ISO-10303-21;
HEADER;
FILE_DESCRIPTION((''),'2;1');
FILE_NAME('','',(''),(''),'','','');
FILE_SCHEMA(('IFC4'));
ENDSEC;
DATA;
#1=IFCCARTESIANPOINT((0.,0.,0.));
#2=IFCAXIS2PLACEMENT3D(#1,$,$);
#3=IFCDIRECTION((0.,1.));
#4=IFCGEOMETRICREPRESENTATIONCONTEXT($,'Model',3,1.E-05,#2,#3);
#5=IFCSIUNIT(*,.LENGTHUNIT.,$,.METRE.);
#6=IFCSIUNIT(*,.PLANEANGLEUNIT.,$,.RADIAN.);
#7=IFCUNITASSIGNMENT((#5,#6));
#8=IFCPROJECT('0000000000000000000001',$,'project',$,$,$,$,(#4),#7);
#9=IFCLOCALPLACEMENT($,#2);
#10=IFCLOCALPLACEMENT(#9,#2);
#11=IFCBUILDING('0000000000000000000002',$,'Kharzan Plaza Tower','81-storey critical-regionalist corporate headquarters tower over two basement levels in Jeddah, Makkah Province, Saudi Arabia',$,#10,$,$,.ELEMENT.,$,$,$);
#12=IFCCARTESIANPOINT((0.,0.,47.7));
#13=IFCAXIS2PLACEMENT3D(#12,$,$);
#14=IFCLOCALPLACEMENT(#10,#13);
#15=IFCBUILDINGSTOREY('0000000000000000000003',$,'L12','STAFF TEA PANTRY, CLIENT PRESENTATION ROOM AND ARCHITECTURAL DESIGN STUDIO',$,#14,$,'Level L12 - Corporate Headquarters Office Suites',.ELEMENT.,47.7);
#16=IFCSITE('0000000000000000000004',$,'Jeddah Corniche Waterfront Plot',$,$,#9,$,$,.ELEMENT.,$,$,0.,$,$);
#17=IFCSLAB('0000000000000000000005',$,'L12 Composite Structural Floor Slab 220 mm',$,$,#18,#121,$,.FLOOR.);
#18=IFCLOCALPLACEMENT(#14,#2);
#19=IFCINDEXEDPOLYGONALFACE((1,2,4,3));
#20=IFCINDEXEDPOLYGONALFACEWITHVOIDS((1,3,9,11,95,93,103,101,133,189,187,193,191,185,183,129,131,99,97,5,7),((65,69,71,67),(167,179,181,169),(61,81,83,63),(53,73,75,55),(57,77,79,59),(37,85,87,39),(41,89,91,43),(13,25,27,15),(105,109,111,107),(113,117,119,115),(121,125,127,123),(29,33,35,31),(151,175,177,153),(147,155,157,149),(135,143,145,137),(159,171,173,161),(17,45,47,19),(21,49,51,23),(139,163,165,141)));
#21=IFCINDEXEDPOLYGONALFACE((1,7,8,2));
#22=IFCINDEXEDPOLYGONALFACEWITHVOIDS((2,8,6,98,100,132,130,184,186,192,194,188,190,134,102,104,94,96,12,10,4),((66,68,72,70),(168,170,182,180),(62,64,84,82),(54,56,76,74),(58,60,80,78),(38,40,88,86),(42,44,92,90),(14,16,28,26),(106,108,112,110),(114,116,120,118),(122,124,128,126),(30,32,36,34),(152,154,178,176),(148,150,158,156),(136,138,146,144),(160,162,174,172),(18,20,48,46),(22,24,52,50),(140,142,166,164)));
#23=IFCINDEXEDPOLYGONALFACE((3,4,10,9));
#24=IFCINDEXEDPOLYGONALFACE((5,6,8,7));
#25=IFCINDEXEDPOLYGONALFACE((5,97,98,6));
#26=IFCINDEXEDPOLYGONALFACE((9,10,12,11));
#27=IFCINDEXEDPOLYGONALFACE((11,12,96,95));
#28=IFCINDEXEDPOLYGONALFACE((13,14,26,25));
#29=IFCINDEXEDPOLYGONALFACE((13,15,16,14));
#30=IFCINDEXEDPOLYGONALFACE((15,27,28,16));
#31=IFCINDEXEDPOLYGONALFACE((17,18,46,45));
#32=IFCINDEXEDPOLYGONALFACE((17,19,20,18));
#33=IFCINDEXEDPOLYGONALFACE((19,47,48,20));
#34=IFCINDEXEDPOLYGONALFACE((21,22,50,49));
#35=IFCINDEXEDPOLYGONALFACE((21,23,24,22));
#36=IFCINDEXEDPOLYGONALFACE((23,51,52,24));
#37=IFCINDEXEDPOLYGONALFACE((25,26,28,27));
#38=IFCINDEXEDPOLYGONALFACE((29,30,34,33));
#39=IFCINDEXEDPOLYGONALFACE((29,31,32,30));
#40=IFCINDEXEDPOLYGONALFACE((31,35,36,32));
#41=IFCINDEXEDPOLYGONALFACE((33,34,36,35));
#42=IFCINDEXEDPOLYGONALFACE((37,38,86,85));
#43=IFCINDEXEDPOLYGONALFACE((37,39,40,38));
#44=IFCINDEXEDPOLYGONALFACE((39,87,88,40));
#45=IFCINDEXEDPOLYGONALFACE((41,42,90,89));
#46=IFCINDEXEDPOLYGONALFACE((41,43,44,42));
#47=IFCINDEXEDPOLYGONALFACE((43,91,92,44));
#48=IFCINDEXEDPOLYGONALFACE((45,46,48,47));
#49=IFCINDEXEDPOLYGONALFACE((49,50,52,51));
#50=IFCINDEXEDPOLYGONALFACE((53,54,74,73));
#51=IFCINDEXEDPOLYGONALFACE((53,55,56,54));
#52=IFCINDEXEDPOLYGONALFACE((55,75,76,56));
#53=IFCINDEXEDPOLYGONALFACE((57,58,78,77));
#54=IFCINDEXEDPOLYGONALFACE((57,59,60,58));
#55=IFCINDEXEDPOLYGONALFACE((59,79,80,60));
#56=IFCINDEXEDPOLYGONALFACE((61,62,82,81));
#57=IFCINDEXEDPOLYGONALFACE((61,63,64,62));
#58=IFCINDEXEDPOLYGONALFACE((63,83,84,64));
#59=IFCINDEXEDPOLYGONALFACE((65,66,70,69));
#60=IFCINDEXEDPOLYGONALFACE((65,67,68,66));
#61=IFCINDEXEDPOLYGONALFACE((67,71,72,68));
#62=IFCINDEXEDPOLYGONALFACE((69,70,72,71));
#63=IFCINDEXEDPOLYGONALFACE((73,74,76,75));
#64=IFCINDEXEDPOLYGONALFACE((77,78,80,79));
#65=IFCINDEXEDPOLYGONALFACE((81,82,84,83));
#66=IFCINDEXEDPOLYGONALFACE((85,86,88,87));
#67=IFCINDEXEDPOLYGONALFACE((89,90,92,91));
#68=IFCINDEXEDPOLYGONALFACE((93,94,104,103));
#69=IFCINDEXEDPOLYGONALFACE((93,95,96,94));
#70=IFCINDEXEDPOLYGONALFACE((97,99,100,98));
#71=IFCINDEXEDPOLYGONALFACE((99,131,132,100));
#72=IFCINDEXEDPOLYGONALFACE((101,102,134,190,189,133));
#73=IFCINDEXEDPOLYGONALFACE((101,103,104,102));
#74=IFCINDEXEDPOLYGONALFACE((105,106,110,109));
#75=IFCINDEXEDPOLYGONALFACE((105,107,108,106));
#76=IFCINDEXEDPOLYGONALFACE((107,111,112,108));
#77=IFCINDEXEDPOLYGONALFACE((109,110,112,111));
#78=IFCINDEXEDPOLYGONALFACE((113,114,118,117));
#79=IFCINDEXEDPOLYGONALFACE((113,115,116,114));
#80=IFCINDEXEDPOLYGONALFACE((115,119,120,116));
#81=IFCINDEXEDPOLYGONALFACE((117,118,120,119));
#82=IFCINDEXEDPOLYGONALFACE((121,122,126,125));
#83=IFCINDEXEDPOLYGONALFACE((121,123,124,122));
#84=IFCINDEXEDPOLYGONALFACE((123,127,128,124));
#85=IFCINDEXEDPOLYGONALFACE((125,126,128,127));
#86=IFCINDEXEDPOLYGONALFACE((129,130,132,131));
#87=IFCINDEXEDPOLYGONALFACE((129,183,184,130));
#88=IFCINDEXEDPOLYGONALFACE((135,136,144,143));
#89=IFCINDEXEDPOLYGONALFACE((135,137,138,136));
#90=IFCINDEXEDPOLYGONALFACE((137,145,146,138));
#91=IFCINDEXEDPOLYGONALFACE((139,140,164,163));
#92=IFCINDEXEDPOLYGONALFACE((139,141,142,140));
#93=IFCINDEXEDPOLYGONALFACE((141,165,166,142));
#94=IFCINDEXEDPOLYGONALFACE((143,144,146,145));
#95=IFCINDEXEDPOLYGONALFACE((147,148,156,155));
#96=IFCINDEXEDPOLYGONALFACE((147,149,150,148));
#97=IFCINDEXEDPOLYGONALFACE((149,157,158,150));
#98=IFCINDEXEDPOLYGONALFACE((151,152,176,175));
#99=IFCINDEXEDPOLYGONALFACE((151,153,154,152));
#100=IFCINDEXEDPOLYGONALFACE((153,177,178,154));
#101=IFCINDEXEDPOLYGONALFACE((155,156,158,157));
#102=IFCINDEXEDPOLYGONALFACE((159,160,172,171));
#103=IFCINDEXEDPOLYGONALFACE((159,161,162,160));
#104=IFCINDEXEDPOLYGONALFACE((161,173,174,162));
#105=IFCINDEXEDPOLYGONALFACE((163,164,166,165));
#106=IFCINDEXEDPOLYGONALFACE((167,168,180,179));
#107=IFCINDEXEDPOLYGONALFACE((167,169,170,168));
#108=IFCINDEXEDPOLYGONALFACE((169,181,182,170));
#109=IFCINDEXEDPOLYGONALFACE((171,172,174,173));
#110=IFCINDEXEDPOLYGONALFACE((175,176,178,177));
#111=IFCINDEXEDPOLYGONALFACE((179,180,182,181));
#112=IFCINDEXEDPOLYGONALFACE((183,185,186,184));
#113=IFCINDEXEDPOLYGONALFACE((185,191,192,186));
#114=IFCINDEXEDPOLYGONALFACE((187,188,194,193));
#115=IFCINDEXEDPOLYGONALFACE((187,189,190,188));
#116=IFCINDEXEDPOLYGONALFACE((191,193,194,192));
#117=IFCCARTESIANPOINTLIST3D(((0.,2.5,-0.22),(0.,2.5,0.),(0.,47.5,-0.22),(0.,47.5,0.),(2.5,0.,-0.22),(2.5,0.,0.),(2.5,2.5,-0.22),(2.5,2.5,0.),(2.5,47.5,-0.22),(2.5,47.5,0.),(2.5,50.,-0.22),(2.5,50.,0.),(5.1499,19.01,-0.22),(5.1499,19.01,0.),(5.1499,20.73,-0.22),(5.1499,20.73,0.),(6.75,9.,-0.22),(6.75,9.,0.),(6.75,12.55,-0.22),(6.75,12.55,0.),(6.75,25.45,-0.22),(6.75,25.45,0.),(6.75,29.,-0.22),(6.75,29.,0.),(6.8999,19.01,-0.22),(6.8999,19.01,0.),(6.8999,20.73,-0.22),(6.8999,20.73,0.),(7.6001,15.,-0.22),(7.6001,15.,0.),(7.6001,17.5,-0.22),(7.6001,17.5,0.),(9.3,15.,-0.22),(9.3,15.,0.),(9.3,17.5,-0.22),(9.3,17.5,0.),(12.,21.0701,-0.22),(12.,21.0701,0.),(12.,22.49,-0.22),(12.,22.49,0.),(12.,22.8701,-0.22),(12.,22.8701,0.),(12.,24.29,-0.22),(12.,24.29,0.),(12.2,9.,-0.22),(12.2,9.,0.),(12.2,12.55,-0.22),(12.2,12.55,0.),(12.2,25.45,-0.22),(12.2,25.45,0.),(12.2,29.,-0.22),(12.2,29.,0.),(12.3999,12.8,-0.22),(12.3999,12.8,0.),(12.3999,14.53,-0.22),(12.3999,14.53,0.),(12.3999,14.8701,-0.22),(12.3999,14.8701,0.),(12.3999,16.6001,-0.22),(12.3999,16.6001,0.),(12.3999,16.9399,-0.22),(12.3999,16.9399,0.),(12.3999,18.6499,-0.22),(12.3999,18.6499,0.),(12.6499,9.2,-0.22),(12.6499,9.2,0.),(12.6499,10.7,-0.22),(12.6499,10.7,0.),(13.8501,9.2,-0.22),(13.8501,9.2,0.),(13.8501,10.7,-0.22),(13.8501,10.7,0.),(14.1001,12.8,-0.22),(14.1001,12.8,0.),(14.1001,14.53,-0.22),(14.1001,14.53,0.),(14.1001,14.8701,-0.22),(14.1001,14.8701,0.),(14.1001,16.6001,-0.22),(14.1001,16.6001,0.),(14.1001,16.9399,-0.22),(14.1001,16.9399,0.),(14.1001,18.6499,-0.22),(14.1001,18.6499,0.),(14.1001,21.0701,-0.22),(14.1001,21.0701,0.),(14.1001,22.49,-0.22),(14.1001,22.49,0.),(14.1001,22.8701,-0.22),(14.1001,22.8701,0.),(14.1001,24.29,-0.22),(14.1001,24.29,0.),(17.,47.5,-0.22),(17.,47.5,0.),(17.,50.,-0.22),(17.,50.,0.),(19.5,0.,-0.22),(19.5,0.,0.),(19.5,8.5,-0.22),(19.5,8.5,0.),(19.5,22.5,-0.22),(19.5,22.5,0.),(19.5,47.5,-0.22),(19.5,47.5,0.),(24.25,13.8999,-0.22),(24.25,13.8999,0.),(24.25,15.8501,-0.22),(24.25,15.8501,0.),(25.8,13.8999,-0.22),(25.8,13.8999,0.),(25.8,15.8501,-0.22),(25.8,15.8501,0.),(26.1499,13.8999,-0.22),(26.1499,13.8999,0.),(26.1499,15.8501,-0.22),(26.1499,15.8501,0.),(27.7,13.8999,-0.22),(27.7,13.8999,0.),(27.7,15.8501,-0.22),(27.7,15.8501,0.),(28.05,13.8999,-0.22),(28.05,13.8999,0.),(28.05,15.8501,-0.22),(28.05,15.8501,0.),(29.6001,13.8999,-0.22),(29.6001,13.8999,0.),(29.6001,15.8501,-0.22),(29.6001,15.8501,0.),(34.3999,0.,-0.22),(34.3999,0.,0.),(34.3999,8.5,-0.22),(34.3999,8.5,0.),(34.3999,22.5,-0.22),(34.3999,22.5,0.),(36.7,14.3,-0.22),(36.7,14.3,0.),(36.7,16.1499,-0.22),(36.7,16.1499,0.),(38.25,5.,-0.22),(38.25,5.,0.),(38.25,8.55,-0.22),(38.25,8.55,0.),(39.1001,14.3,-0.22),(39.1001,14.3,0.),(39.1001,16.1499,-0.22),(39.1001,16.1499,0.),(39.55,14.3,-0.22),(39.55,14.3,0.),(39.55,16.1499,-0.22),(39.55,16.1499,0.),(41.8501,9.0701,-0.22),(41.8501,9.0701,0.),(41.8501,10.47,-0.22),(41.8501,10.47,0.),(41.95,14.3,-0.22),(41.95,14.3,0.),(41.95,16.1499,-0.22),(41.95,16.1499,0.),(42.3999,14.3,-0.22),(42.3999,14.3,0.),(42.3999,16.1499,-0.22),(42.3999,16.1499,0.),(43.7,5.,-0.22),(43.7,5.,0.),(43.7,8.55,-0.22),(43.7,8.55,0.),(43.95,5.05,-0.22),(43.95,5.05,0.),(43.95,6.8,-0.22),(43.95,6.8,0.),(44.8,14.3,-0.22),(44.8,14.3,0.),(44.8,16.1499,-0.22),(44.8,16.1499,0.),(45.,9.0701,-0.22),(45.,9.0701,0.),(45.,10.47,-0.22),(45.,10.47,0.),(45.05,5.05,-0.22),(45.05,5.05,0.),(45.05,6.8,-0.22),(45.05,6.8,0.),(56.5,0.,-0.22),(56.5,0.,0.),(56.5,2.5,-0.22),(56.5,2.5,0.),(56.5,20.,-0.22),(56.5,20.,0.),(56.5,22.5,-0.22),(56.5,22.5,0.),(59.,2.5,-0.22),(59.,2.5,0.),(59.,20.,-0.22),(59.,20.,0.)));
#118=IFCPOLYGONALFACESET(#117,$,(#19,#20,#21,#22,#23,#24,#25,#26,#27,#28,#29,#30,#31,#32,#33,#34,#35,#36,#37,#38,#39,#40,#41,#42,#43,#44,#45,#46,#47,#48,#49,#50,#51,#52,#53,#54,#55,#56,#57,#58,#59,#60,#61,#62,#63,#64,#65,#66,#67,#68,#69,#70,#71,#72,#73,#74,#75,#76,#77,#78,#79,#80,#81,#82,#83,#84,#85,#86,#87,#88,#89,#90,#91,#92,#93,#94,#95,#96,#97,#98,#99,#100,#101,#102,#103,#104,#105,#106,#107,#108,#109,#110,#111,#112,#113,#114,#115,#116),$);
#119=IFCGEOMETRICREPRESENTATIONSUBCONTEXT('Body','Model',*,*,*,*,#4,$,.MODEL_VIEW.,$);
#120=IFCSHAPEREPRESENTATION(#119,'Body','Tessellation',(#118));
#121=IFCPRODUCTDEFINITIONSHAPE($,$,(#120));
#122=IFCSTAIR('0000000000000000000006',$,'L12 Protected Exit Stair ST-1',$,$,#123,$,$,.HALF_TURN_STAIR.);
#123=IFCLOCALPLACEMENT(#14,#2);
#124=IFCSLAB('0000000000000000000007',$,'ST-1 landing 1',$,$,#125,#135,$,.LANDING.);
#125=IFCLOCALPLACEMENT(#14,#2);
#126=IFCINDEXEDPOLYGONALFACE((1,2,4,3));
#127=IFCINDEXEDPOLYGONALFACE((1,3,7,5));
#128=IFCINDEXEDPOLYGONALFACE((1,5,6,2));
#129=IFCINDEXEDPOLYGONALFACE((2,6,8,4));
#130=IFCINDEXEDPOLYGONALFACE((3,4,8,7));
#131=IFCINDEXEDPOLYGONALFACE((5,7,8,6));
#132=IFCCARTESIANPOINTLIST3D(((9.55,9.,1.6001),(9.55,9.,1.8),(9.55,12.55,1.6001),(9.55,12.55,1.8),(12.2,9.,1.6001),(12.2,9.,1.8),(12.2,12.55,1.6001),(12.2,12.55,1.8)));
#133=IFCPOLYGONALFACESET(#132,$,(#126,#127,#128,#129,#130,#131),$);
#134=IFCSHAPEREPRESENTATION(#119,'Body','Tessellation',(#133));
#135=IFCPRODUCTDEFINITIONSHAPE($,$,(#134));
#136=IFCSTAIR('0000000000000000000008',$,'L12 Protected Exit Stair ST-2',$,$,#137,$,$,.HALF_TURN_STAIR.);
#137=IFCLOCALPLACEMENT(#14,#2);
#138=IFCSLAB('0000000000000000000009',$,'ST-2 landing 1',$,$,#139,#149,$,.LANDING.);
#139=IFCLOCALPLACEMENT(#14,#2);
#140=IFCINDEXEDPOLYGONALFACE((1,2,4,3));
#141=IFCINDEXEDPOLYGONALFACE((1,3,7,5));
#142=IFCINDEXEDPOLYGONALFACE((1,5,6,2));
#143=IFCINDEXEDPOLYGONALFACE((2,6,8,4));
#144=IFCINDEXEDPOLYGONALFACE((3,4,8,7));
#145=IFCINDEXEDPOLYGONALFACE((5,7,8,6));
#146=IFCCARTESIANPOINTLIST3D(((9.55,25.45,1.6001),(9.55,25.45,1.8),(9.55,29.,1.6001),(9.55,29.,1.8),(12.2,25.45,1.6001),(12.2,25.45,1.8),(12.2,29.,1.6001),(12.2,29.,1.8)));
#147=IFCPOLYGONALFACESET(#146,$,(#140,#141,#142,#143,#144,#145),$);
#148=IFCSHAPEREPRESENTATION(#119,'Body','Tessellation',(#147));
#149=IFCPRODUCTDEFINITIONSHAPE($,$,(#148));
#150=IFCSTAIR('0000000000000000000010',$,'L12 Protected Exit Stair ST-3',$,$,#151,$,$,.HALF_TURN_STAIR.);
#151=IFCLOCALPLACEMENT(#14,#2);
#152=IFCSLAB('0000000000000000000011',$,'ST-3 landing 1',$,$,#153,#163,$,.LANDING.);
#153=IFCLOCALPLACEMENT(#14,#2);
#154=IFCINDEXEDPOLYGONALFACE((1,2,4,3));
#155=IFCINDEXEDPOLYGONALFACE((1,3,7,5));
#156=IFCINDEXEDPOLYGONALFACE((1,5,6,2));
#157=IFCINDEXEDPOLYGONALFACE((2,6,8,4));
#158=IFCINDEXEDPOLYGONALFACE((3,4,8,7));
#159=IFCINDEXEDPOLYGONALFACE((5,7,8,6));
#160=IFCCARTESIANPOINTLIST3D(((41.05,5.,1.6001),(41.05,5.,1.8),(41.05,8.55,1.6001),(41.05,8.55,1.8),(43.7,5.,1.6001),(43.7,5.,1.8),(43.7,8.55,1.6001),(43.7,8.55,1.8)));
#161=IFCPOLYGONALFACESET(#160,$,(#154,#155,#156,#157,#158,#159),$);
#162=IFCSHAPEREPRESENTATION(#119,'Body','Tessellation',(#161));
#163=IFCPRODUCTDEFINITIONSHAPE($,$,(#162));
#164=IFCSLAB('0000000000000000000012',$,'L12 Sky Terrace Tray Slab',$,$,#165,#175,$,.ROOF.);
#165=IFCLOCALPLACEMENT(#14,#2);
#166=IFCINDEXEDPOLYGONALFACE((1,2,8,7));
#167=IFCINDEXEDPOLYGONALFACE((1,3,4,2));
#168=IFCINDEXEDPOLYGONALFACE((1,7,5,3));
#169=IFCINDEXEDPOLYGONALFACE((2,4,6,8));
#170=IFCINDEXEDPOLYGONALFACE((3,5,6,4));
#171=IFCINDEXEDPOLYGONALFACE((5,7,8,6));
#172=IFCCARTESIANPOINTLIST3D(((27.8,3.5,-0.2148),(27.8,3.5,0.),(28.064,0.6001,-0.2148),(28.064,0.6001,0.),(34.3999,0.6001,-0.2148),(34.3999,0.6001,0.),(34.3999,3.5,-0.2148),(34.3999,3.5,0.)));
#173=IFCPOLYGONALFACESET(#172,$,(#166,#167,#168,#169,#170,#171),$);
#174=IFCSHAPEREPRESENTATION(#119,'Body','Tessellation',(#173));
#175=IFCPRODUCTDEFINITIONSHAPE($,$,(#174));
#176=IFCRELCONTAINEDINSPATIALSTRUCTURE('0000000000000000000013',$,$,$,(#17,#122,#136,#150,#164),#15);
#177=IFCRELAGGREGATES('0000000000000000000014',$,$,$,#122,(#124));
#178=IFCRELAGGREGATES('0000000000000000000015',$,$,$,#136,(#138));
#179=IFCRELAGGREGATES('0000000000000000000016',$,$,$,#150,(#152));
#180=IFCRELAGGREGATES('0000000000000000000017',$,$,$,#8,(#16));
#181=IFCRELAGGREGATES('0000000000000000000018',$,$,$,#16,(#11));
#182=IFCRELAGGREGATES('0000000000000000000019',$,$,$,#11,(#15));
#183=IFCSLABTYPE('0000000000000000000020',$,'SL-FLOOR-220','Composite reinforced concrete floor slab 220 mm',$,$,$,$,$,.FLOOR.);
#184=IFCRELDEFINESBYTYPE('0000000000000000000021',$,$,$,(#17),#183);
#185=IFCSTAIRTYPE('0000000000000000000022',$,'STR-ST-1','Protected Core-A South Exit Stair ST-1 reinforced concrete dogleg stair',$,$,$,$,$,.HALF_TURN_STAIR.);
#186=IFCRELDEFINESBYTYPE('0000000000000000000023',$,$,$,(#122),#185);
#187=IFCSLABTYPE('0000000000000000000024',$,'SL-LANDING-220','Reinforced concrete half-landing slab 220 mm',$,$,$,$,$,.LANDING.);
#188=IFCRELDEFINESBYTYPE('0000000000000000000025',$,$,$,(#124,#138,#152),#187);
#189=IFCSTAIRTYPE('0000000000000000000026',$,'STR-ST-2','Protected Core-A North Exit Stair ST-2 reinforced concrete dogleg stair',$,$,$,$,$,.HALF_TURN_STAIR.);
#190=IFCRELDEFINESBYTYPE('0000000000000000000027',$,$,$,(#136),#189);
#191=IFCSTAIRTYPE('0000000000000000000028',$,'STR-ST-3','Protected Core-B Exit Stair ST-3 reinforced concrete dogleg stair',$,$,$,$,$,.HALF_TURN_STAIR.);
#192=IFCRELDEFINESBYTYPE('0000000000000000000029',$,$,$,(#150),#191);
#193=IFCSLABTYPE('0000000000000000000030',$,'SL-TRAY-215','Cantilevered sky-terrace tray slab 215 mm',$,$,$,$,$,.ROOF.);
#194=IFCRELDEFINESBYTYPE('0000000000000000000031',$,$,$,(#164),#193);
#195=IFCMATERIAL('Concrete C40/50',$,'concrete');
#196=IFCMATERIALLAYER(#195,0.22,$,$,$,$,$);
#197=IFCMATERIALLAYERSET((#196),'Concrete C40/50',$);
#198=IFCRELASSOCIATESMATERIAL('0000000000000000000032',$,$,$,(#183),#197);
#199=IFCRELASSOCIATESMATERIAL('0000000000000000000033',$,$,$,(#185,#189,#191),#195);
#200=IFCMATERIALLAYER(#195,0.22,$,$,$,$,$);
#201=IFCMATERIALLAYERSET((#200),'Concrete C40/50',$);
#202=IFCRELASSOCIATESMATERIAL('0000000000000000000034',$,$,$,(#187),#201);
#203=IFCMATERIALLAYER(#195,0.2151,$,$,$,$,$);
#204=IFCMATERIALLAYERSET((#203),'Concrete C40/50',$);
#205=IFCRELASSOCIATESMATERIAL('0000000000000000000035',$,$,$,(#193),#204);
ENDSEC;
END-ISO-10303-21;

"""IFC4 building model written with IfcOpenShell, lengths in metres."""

from ifc_helpers import new_model, si_unit, direction, frame, origin, place, context, subcontext, project, spatial, polyline, outline, extrude, material, layer, layer_set, type_object, element, aggregate, save


model = new_model("IFC4")

# Units and contexts
model_context = context("Model", 3, precision=1e-05, world=origin(), true_north=direction((0.0, 1.0)))
body_context = subcontext(model_context, "Body", "Model", "MODEL_VIEW")
ifc_project = project(units=[si_unit("LENGTHUNIT", "METRE"), si_unit("PLANEANGLEUNIT", "RADIAN")], contexts=[model_context])

# Site, building, storey
site_placement = place(None, origin())
site = spatial("IfcSite", under=ifc_project, at=site_placement, Name="Jeddah Corniche Waterfront Plot", CompositionType="ELEMENT", RefElevation=0.0)
building_placement = place(site_placement, origin())
building = spatial("IfcBuilding", under=site, at=building_placement, Name="Kharzan Plaza Tower", Description="81-storey critical-regionalist corporate headquarters tower over two basement levels in Jeddah, Makkah Province, Saudi Arabia", CompositionType="ELEMENT")
storey_placement = place(building_placement, frame((0.0, 0.0, 47.7)))
storey = spatial("IfcBuildingStorey", under=building, at=storey_placement, Name="L12", Description="STAFF TEA PANTRY, CLIENT PRESENTATION ROOM AND ARCHITECTURAL DESIGN STUDIO", LongName="Level L12 - Corporate Headquarters Office Suites", CompositionType="ELEMENT", Elevation=47.7)

# Slab
ifc_material_1 = material(Name="Concrete C40/50", Category="concrete")
ifc_layer_1 = layer(ifc_material_1, 0.22)
ifc_layer_set_1 = layer_set([ifc_layer_1], Name="Concrete C40/50")
slab_type_1 = type_object("IfcSlabType", Name="SL-FLOOR-220", Description="Composite reinforced concrete floor slab 220 mm", PredefinedType="FLOOR", material=ifc_layer_set_1)
slab_1_placement = place(storey_placement, frame((0.0, 0.0, -0.22)))
element("IfcSlab", 1, at=slab_1_placement, inside=storey, type_object=slab_type_1, Name="L12 Composite Structural Floor Slab 220 mm", PredefinedType="FLOOR", context=body_context, shape_type="SweptSolid", body=[
    extrude(outline(polyline([(34.3999, 22.5), (19.5, 22.5), (19.5, 47.5), (17.0, 47.5), (17.0, 50.0), (2.5, 50.0), (2.5, 47.5), (0.0, 47.5), (0.0, 2.5), (2.5, 2.5), (2.5, 0.0), (19.5, 0.0), (19.5, 8.5), (34.3999, 8.5), (34.3999, 0.0), (56.5, 0.0), (56.5, 2.5), (59.0, 2.5), (59.0, 20.0), (56.5, 20.0), (56.5, 22.5), (34.3999, 22.5)]), holes=[polyline([(13.8501, 9.2), (13.8501, 10.7), (12.6499, 10.7), (12.6499, 9.2), (13.8501, 9.2)]), polyline([(12.2, 9.0), (12.2, 12.55), (6.75, 12.55), (6.75, 9.0), (12.2, 9.0)]), polyline([(14.1001, 12.8), (14.1001, 14.53), (12.3999, 14.53), (12.3999, 12.8), (14.1001, 12.8)]), polyline([(14.1001, 14.8701), (14.1001, 16.6001), (12.3999, 16.6001), (12.3999, 14.8701), (14.1001, 14.8701)]), polyline([(9.3, 15.0), (9.3, 17.5), (7.6001, 17.5), (7.6001, 15.0), (9.3, 15.0)]), polyline([(14.1001, 16.9399), (14.1001, 18.6499), (12.3999, 18.6499), (12.3999, 16.9399), (14.1001, 16.9399)]), polyline([(6.8999, 19.01), (6.8999, 20.73), (5.1499, 20.73), (5.1499, 19.01), (6.8999, 19.01)]), polyline([(12.0, 21.0701), (14.1001, 21.0701), (14.1001, 22.49), (12.0, 22.49), (12.0, 21.0701)]), polyline([(12.0, 22.8701), (14.1001, 22.8701), (14.1001, 24.29), (12.0, 24.29), (12.0, 22.8701)]), polyline([(12.2, 25.45), (12.2, 29.0), (6.75, 29.0), (6.75, 25.45), (12.2, 25.45)]), polyline([(45.05, 5.05), (45.05, 6.8), (43.95, 6.8), (43.95, 5.05), (45.05, 5.05)]), polyline([(43.7, 5.0), (43.7, 8.55), (38.25, 8.55), (38.25, 5.0), (43.7, 5.0)]), polyline([(41.8501, 9.0701), (45.0, 9.0701), (45.0, 10.47), (41.8501, 10.47), (41.8501, 9.0701)]), polyline([(24.25, 13.8999), (25.8, 13.8999), (25.8, 15.8501), (24.25, 15.8501), (24.25, 13.8999)]), polyline([(27.7, 13.8999), (27.7, 15.8501), (26.1499, 15.8501), (26.1499, 13.8999), (27.7, 13.8999)]), polyline([(29.6001, 13.8999), (29.6001, 15.8501), (28.05, 15.8501), (28.05, 13.8999), (29.6001, 13.8999)]), polyline([(39.1001, 14.3), (39.1001, 16.1499), (36.7, 16.1499), (36.7, 14.3), (39.1001, 14.3)]), polyline([(39.55, 14.3), (41.95, 14.3), (41.95, 16.1499), (39.55, 16.1499), (39.55, 14.3)]), polyline([(42.3999, 14.3), (44.8, 14.3), (44.8, 16.1499), (42.3999, 16.1499), (42.3999, 14.3)])]), origin(), (0.0, 0.0, 1.0), 0.22),
])

# Stairs, slabs
stair_type_1 = type_object("IfcStairType", Name="STR-ST-1", Description="Protected Core-A South Exit Stair ST-1 reinforced concrete dogleg stair", PredefinedType="HALF_TURN_STAIR", material=ifc_material_1)
stair_1_placement = place(storey_placement, origin())
stair_1 = element("IfcStair", 2, at=stair_1_placement, inside=storey, type_object=stair_type_1, Name="L12 Protected Exit Stair ST-1", PredefinedType="HALF_TURN_STAIR")
ifc_layer_2 = layer(ifc_material_1, 0.22)
ifc_layer_set_2 = layer_set([ifc_layer_2], Name="Concrete C40/50")
slab_type_2 = type_object("IfcSlabType", Name="SL-LANDING-220", Description="Reinforced concrete half-landing slab 220 mm", PredefinedType="LANDING", material=ifc_layer_set_2)
slab_2_placement = place(storey_placement, frame((0.0, 0.0, 1.6001)))
slab_2 = element("IfcSlab", 3, at=slab_2_placement, type_object=slab_type_2, Name="ST-1 landing 1", PredefinedType="LANDING", context=body_context, shape_type="SweptSolid", body=[
    extrude(outline(polyline([(9.55, 9.0), (12.2, 9.0), (12.2, 12.55), (9.55, 12.55), (9.55, 9.0)])), origin(), (0.0, 0.0, 1.0), 0.2),
])
aggregate(stair_1, [slab_2])
stair_type_2 = type_object("IfcStairType", Name="STR-ST-2", Description="Protected Core-A North Exit Stair ST-2 reinforced concrete dogleg stair", PredefinedType="HALF_TURN_STAIR", material=ifc_material_1)
stair_2_placement = place(storey_placement, origin())
stair_2 = element("IfcStair", 4, at=stair_2_placement, inside=storey, type_object=stair_type_2, Name="L12 Protected Exit Stair ST-2", PredefinedType="HALF_TURN_STAIR")
slab_3_placement = place(storey_placement, frame((0.0, 0.0, 1.6001)))
slab_3 = element("IfcSlab", 5, at=slab_3_placement, type_object=slab_type_2, Name="ST-2 landing 1", PredefinedType="LANDING", context=body_context, shape_type="SweptSolid", body=[
    extrude(outline(polyline([(9.55, 25.45), (12.2, 25.45), (12.2, 29.0), (9.55, 29.0), (9.55, 25.45)])), origin(), (0.0, 0.0, 1.0), 0.2),
])
aggregate(stair_2, [slab_3])
stair_type_3 = type_object("IfcStairType", Name="STR-ST-3", Description="Protected Core-B Exit Stair ST-3 reinforced concrete dogleg stair", PredefinedType="HALF_TURN_STAIR", material=ifc_material_1)
stair_3_placement = place(storey_placement, origin())
stair_3 = element("IfcStair", 6, at=stair_3_placement, inside=storey, type_object=stair_type_3, Name="L12 Protected Exit Stair ST-3", PredefinedType="HALF_TURN_STAIR")
slab_4_placement = place(storey_placement, frame((0.0, 0.0, 1.6001)))
slab_4 = element("IfcSlab", 7, at=slab_4_placement, type_object=slab_type_2, Name="ST-3 landing 1", PredefinedType="LANDING", context=body_context, shape_type="SweptSolid", body=[
    extrude(outline(polyline([(41.05, 5.0), (43.7, 5.0), (43.7, 8.55), (41.05, 8.55), (41.05, 5.0)])), origin(), (0.0, 0.0, 1.0), 0.2),
])
aggregate(stair_3, [slab_4])

# Slab
ifc_layer_3 = layer(ifc_material_1, 0.2151)
ifc_layer_set_3 = layer_set([ifc_layer_3], Name="Concrete C40/50")
slab_type_3 = type_object("IfcSlabType", Name="SL-TRAY-215", Description="Cantilevered sky-terrace tray slab 215 mm", PredefinedType="ROOF", material=ifc_layer_set_3)
slab_5_placement = place(storey_placement, frame((0.0, 0.0, -0.2148)))
element("IfcSlab", 8, at=slab_5_placement, inside=storey, type_object=slab_type_3, Name="L12 Sky Terrace Tray Slab", PredefinedType="ROOF", context=body_context, shape_type="SweptSolid", body=[
    extrude(outline(polyline([(28.064, 0.6001), (34.3999, 0.6001), (34.3999, 3.5), (27.8, 3.5), (28.064, 0.6001)])), origin(), (0.0, 0.0, 1.0), 0.2148),
])

save(model, "model.ifc")
